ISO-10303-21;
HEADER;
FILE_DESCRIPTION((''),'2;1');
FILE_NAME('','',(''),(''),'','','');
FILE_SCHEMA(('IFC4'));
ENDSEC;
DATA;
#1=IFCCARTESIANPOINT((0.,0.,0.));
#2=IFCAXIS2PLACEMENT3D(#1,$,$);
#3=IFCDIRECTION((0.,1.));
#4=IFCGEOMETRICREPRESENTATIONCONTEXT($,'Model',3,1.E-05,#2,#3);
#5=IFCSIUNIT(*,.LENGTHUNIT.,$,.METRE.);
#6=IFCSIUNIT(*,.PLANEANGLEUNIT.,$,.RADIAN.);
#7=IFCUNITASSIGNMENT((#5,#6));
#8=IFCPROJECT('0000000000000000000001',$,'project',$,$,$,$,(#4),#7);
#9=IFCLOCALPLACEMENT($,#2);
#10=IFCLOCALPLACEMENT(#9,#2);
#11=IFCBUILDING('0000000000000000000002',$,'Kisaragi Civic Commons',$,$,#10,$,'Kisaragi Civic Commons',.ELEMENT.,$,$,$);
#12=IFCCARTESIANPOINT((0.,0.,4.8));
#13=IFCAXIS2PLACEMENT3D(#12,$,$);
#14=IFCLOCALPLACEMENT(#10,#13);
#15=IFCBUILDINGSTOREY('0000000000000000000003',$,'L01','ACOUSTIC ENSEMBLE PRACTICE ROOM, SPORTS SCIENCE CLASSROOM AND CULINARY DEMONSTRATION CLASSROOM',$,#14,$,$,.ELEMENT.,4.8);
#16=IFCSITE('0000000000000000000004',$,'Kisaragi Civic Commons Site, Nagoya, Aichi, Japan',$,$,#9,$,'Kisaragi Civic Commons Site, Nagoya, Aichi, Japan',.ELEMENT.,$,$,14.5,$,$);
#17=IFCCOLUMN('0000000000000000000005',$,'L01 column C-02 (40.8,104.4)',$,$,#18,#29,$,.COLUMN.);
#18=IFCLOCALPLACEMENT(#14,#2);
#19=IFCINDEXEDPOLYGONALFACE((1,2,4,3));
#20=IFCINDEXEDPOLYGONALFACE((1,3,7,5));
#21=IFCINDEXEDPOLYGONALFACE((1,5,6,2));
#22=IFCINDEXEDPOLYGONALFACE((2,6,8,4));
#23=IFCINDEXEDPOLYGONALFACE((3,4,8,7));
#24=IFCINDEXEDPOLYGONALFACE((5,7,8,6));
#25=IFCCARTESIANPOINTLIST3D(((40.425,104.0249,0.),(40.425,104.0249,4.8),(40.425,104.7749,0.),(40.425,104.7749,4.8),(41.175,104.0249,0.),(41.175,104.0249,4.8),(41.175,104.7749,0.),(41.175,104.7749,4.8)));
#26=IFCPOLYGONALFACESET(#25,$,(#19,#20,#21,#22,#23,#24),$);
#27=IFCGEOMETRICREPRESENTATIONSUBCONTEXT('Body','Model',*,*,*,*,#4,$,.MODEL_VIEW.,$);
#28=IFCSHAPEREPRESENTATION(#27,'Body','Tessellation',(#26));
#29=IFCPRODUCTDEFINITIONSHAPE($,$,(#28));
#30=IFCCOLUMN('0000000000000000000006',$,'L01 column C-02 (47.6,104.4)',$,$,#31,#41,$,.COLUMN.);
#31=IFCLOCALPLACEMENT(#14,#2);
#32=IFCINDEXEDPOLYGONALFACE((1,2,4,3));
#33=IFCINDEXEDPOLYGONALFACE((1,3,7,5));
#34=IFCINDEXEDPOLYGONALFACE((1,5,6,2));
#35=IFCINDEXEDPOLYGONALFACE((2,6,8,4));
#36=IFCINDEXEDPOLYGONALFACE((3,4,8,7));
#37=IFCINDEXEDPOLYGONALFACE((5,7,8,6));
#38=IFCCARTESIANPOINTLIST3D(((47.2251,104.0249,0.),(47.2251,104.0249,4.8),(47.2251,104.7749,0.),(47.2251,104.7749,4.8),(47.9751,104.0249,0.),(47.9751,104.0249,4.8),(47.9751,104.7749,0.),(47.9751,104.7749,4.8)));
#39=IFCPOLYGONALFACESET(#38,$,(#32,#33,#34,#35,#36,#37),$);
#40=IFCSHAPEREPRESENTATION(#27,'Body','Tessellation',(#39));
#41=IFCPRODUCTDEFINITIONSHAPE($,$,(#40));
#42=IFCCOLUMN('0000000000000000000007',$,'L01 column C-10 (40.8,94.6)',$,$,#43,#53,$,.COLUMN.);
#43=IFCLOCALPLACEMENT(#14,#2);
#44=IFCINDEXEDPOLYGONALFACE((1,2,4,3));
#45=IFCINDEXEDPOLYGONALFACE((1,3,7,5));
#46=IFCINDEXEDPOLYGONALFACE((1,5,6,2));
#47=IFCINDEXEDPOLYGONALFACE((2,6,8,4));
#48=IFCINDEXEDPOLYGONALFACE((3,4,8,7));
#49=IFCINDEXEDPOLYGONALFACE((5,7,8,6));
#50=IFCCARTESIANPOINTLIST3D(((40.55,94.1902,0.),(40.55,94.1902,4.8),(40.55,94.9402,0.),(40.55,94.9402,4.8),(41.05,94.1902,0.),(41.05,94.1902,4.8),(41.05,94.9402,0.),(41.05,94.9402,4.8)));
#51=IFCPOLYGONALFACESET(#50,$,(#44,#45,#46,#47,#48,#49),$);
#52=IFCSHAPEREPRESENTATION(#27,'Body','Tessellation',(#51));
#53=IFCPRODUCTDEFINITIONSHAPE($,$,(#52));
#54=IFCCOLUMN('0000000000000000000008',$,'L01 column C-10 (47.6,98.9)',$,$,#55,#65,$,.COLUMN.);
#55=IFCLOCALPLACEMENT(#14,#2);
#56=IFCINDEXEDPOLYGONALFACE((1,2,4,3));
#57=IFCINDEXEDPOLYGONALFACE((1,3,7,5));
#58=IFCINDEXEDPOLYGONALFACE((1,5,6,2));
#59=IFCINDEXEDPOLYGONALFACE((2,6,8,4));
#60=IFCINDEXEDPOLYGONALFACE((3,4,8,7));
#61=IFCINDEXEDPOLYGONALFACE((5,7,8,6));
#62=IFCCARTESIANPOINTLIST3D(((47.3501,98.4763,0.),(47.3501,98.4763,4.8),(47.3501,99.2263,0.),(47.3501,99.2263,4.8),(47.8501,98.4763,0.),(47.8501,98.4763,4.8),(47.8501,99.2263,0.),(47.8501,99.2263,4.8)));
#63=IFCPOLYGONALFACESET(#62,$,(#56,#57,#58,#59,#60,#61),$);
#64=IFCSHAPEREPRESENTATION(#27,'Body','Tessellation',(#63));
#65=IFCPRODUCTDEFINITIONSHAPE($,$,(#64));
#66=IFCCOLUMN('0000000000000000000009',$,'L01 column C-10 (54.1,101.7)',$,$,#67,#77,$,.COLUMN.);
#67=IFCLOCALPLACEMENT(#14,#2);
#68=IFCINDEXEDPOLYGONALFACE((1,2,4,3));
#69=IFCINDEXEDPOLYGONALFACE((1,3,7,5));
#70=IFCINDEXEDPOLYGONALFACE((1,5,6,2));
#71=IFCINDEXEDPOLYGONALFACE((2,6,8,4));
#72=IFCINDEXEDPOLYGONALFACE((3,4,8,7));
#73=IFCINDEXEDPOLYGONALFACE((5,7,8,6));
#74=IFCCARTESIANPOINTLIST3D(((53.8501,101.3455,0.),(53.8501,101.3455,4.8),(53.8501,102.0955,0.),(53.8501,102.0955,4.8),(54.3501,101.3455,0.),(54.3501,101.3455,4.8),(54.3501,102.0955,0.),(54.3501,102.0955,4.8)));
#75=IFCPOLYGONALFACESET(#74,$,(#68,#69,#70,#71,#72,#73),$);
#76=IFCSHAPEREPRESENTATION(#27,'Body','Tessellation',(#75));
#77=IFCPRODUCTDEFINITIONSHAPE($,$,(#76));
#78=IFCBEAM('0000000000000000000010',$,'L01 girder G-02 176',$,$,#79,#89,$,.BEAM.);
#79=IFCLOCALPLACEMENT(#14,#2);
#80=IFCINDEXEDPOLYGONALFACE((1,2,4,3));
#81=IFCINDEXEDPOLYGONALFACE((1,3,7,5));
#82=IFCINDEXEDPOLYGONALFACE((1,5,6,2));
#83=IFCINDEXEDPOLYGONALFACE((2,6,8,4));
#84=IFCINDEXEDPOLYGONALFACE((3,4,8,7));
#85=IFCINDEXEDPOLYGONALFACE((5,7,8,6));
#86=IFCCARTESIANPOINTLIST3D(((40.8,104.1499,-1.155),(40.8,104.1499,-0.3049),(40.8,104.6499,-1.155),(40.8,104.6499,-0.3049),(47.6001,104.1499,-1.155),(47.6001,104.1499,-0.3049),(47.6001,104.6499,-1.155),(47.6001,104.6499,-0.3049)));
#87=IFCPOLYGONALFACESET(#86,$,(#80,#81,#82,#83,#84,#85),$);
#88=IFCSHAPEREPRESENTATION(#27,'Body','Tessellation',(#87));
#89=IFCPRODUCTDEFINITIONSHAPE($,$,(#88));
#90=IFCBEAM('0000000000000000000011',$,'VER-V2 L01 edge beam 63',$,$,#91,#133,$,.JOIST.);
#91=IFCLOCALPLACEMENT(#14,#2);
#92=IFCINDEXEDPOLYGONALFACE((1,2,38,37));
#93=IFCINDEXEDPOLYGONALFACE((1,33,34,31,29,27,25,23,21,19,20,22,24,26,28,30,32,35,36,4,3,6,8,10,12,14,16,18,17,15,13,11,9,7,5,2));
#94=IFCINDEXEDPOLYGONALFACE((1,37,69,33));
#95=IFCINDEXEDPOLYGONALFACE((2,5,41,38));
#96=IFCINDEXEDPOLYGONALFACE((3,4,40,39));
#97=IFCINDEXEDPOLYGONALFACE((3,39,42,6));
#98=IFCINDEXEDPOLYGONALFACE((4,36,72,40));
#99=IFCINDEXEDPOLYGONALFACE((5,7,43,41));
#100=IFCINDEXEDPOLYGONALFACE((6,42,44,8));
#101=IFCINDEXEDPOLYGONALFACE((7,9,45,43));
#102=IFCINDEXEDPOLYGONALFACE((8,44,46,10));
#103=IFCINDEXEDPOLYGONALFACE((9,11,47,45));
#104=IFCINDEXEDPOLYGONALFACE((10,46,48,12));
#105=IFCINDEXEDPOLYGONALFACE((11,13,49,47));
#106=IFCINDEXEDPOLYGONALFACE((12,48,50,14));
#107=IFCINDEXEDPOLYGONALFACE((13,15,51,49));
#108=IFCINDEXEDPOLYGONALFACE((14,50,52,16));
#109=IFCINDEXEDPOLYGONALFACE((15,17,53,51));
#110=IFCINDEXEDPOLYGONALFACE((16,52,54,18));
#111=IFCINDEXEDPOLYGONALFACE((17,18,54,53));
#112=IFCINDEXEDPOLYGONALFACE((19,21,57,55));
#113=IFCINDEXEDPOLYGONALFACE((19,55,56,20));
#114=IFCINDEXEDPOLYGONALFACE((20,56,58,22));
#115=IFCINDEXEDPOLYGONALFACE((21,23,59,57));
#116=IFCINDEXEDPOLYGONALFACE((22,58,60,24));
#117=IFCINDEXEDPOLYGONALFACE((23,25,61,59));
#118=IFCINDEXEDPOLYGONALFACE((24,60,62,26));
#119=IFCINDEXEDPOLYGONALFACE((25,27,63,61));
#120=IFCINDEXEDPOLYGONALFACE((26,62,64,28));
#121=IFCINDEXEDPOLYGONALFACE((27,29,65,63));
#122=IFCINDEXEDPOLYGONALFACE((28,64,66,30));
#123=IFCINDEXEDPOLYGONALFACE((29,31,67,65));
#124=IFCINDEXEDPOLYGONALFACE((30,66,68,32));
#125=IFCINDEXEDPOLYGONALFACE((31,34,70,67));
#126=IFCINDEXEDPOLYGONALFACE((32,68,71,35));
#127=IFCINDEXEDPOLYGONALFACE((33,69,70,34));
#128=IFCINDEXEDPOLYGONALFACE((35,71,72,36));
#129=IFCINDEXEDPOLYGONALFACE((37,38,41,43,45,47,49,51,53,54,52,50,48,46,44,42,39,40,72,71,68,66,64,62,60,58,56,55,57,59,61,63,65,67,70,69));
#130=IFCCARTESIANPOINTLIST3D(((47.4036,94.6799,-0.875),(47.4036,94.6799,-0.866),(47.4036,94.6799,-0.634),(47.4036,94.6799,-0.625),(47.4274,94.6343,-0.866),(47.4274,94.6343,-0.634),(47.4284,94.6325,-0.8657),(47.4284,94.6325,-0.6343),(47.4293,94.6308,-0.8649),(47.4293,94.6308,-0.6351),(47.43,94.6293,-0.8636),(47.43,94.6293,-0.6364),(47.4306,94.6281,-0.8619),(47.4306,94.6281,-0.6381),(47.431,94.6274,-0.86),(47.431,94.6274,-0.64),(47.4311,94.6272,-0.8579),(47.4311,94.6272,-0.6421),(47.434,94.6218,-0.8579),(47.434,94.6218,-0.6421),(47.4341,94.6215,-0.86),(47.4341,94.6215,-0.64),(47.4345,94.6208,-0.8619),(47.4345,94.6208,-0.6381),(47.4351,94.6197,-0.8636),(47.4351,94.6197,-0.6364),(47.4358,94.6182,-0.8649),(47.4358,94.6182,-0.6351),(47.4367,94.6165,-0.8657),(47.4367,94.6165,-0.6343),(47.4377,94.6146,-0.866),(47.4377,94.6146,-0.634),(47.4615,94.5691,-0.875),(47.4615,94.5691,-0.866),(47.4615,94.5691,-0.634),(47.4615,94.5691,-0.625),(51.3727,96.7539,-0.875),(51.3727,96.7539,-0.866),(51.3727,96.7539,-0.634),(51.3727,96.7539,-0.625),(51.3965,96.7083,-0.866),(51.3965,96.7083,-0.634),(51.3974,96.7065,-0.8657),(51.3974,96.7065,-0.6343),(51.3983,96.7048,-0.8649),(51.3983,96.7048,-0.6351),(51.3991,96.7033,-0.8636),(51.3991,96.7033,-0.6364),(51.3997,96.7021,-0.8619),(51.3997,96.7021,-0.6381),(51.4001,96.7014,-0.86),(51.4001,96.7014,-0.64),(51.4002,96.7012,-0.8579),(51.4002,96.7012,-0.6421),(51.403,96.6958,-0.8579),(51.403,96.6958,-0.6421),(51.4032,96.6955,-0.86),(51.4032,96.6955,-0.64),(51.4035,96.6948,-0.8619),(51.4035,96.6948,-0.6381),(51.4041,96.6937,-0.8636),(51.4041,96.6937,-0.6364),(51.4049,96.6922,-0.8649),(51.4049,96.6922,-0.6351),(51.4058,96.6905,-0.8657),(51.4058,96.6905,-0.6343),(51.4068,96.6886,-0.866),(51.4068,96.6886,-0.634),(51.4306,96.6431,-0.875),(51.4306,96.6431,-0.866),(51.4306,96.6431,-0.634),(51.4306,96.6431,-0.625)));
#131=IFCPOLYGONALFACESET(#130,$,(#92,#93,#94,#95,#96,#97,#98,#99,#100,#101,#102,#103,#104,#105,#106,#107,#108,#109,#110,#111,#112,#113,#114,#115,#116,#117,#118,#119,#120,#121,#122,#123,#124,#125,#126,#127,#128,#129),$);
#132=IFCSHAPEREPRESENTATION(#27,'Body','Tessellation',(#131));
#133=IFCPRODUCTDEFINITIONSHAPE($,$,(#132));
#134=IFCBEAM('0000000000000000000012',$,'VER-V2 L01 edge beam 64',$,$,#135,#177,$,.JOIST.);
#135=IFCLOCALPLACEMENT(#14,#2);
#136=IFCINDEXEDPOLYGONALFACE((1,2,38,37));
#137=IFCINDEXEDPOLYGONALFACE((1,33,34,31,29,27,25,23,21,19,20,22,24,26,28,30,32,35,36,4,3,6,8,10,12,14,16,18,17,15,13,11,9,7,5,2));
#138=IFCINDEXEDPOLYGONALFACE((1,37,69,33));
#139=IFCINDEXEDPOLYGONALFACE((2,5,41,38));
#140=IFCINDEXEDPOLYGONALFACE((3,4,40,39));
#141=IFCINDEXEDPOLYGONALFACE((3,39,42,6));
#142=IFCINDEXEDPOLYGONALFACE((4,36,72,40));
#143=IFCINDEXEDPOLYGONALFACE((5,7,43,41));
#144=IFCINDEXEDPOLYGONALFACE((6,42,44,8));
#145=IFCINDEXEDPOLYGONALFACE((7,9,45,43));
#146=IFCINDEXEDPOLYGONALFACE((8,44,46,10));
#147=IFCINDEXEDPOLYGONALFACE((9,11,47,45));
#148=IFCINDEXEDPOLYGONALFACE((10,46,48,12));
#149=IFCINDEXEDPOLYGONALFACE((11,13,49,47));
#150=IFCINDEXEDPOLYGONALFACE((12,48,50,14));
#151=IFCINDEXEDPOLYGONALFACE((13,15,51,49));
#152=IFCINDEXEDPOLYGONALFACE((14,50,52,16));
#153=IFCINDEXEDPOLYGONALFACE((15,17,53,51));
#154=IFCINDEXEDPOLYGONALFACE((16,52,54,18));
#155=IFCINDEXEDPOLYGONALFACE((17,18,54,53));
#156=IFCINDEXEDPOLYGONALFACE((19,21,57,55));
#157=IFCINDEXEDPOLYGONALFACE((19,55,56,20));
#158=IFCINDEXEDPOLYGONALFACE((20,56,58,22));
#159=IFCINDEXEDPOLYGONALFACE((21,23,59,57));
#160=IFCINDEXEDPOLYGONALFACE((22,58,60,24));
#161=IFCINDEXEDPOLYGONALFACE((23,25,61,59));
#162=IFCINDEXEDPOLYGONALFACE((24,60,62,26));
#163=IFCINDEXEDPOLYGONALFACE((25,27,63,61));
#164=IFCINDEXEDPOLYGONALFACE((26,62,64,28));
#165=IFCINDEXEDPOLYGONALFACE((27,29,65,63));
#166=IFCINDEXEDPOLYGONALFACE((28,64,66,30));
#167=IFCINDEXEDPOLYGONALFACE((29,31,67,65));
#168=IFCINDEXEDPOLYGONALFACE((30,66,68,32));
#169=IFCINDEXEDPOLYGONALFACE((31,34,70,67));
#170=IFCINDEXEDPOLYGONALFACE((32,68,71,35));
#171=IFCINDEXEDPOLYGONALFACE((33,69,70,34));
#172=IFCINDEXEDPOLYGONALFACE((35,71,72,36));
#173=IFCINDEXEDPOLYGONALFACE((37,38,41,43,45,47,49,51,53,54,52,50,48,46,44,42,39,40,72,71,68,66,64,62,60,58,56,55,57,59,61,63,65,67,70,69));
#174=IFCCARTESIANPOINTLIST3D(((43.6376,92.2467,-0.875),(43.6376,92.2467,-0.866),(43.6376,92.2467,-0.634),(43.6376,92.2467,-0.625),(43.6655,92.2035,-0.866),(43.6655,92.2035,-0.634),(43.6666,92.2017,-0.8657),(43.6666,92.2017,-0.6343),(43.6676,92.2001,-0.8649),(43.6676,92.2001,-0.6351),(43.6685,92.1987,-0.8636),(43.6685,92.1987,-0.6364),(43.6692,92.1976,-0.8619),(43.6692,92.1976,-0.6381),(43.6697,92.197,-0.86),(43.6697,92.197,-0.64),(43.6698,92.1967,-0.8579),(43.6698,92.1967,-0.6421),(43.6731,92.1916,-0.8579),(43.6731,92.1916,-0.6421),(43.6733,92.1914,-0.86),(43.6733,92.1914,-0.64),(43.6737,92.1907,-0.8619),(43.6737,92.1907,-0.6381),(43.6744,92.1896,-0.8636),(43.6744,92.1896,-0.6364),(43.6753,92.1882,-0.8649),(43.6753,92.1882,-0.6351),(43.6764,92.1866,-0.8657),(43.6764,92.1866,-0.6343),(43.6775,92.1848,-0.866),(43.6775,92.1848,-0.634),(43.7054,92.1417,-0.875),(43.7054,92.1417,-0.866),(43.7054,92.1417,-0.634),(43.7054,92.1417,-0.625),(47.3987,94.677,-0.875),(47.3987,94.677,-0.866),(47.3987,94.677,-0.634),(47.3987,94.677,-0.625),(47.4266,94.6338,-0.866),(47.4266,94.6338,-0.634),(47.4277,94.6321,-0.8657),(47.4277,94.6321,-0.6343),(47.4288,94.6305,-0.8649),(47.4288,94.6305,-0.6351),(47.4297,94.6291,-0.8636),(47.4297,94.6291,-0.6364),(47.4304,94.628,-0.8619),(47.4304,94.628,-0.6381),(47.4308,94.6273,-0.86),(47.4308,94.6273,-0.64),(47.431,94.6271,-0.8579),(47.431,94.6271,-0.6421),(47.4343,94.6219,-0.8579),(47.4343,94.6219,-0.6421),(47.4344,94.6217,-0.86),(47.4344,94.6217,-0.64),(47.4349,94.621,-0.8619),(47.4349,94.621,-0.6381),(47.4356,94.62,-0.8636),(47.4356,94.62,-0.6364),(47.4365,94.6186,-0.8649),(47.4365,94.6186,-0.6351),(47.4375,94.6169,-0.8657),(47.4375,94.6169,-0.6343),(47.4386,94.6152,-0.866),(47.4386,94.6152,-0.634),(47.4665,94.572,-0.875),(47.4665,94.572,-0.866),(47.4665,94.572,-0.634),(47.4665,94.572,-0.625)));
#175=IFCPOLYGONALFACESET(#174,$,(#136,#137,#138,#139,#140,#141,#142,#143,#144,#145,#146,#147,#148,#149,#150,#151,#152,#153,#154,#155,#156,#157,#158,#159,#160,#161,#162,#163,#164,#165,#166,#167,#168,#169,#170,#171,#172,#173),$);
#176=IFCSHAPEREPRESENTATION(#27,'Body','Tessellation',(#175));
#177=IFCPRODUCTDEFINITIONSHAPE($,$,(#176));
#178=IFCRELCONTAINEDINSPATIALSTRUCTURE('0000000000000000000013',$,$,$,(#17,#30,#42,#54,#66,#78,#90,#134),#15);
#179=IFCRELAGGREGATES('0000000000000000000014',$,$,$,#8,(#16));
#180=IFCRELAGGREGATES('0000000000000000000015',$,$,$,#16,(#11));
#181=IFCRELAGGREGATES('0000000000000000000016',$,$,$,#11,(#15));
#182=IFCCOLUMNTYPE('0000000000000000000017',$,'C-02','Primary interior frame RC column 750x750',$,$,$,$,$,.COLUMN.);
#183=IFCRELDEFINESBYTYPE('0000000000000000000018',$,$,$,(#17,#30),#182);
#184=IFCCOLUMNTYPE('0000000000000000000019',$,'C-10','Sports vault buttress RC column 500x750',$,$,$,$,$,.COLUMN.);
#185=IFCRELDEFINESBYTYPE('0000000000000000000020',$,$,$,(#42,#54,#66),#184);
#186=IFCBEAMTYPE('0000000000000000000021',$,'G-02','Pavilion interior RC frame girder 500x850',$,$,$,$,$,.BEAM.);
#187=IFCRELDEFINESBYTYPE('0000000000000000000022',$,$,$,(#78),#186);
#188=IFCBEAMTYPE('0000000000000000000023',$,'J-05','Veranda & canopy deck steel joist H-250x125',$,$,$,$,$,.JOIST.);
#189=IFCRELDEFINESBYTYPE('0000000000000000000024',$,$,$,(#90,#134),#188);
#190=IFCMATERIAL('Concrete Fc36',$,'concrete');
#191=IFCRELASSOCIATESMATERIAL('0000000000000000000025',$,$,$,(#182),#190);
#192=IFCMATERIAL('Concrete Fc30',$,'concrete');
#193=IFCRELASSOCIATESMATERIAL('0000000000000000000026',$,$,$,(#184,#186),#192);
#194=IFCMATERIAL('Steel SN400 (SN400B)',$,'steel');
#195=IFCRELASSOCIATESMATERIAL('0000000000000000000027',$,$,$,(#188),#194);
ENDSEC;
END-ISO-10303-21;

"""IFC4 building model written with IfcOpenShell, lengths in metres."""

from ifc_helpers import new_model, si_unit, direction, frame, origin, origin_2d, place, context, subcontext, project, spatial, rectangle, i_section, extrude, material, material_profile, profile_set, type_object, element, save


model = new_model("IFC4")

# Units and contexts
model_context = context("Model", 3, precision=1e-05, world=origin(), true_north=direction((0.0, 1.0)))
body_context = subcontext(model_context, "Body", "Model", "MODEL_VIEW")
ifc_project = project(units=[si_unit("LENGTHUNIT", "METRE"), si_unit("PLANEANGLEUNIT", "RADIAN")], contexts=[model_context])

# Site, building, storey
site_placement = place(None, origin())
site = spatial("IfcSite", under=ifc_project, at=site_placement, Name="Kisaragi Civic Commons Site, Nagoya, Aichi, Japan", LongName="Kisaragi Civic Commons Site, Nagoya, Aichi, Japan", CompositionType="ELEMENT", RefElevation=14.5)
building_placement = place(site_placement, origin())
building = spatial("IfcBuilding", under=site, at=building_placement, Name="Kisaragi Civic Commons", LongName="Kisaragi Civic Commons", CompositionType="ELEMENT")
storey_placement = place(building_placement, frame((0.0, 0.0, 4.8)))
storey = spatial("IfcBuildingStorey", under=building, at=storey_placement, Name="L01", Description="ACOUSTIC ENSEMBLE PRACTICE ROOM, SPORTS SCIENCE CLASSROOM AND CULINARY DEMONSTRATION CLASSROOM", CompositionType="ELEMENT", Elevation=4.8)

# Columns
ifc_material_1 = material(Name="Concrete Fc36", Category="concrete")
ifc_material_profile_1 = material_profile(ifc_material_1, rectangle(XDim=0.75, YDim=0.75, at=origin_2d()), Name="RC-750x750", Category="concrete")
ifc_profile_set_1 = profile_set([ifc_material_profile_1], Name="Concrete Fc36")
column_type_1 = type_object("IfcColumnType", Name="C-02", Description="Primary interior frame RC column 750x750", PredefinedType="COLUMN", material=ifc_profile_set_1)
for number, where, z_axis, x_axis, name in (
    (1, (40.8, 104.3999, 0.0), (0.0, 0.0, 1.0), (1.0, 0.0, 0.0), "L01 column C-02 (40.8,104.4)"),
    (2, (47.6001, 104.3999, 0.0), (0.0, 0.0, 1.0), (1.0, 0.0, 0.0), "L01 column C-02 (47.6,104.4)"),
):
    element("IfcColumn", number, at=place(storey_placement, frame(where, z_axis=z_axis, x_axis=x_axis)), inside=storey, type_object=column_type_1, Name=name, PredefinedType="COLUMN", context=body_context, shape_type="SweptSolid", body=[
        extrude(rectangle(XDim=0.75, YDim=0.75, at=origin_2d()), origin(), (0.0, 0.0, 1.0), 4.8),
    ])
ifc_material_2 = material(Name="Concrete Fc30", Category="concrete")
ifc_material_profile_2 = material_profile(ifc_material_2, rectangle(XDim=0.5, YDim=0.75, at=origin_2d()), Name="RC-500x750", Category="concrete")
ifc_profile_set_2 = profile_set([ifc_material_profile_2], Name="Concrete Fc30")
column_type_2 = type_object("IfcColumnType", Name="C-10", Description="Sports vault buttress RC column 500x750", PredefinedType="COLUMN", material=ifc_profile_set_2)
for number, where, z_axis, x_axis, name in (
    (3, (40.8, 94.5652, 0.0), (0.0, 0.0, 1.0), (1.0, 0.0, 0.0), "L01 column C-10 (40.8,94.6)"),
    (4, (47.6001, 98.8513, 0.0), (0.0, 0.0, 1.0), (1.0, 0.0, 0.0), "L01 column C-10 (47.6,98.9)"),
    (5, (54.1001, 101.7205, 0.0), (0.0, 0.0, 1.0), (1.0, 0.0, 0.0), "L01 column C-10 (54.1,101.7)"),
):
    element("IfcColumn", number, at=place(storey_placement, frame(where, z_axis=z_axis, x_axis=x_axis)), inside=storey, type_object=column_type_2, Name=name, PredefinedType="COLUMN", context=body_context, shape_type="SweptSolid", body=[
        extrude(rectangle(XDim=0.5, YDim=0.75, at=origin_2d()), origin(), (0.0, 0.0, 1.0), 4.8),
    ])

# Beams
ifc_material_profile_3 = material_profile(ifc_material_2, rectangle(XDim=0.5, YDim=0.8501, at=origin_2d()), Name="RC-500x850", Category="concrete")
ifc_profile_set_3 = profile_set([ifc_material_profile_3], Name="Concrete Fc30")
beam_type_1 = type_object("IfcBeamType", Name="G-02", Description="Pavilion interior RC frame girder 500x850", PredefinedType="BEAM", material=ifc_profile_set_3)
beam_1_placement = place(storey_placement, frame((40.8, 104.3999, -0.73), z_axis=(1.0, 0.0, 0.0), x_axis=(0.0, 1.0, 0.0)))
element("IfcBeam", 6, at=beam_1_placement, inside=storey, type_object=beam_type_1, Name="L01 girder G-02 176", PredefinedType="BEAM", context=body_context, shape_type="SweptSolid", body=[
    extrude(rectangle(XDim=0.5, YDim=0.8501, at=origin_2d()), origin(), (0.0, 0.0, 1.0), 6.8),
])
ifc_material_3 = material(Name="Steel SN400 (SN400B)", Category="steel")
ifc_material_profile_4 = material_profile(ifc_material_3, i_section(OverallWidth=0.125, OverallDepth=0.25, WebThickness=0.0061, FlangeThickness=0.009, FilletRadius=0.0081, at=origin_2d()), Name="H-250x125x6x9", Category="steel")
ifc_profile_set_4 = profile_set([ifc_material_profile_4], Name="Steel SN400 (SN400B)")
beam_type_2 = type_object("IfcBeamType", Name="J-05", Description="Veranda & canopy deck steel joist H-250x125", PredefinedType="JOIST", material=ifc_profile_set_4)
beam_2_placement = place(storey_placement, frame((51.4016, 96.6985, -0.75), z_axis=(-0.886292, -0.463127, 0.0), x_axis=(0.463127, -0.886292, 0.0)))
element("IfcBeam", 7, at=beam_2_placement, inside=storey, type_object=beam_type_2, Name="VER-V2 L01 edge beam 63", PredefinedType="JOIST", context=body_context, shape_type="SweptSolid", body=[
    extrude(i_section(OverallWidth=0.125, OverallDepth=0.25, WebThickness=0.0061, FlangeThickness=0.009, FilletRadius=0.0081, at=origin_2d()), origin(), (0.0, 0.0, 1.0), 4.4783),
])
for number, where, z_axis, x_axis, name in (
    (8, (47.4326, 94.6245, -0.75), (-0.839908, -0.542729, 0.0), (0.542729, -0.839908, 0.0), "VER-V2 L01 edge beam 64"),
):
    element("IfcBeam", number, at=place(storey_placement, frame(where, z_axis=z_axis, x_axis=x_axis)), inside=storey, type_object=beam_type_2, Name=name, PredefinedType="JOIST", context=body_context, shape_type="SweptSolid", body=[
        extrude(i_section(OverallWidth=0.125, OverallDepth=0.25, WebThickness=0.0061, FlangeThickness=0.009, FilletRadius=0.0081, at=origin_2d()), origin(), (0.0, 0.0, 1.0), 4.478),
    ])

save(model, "model.ifc")
